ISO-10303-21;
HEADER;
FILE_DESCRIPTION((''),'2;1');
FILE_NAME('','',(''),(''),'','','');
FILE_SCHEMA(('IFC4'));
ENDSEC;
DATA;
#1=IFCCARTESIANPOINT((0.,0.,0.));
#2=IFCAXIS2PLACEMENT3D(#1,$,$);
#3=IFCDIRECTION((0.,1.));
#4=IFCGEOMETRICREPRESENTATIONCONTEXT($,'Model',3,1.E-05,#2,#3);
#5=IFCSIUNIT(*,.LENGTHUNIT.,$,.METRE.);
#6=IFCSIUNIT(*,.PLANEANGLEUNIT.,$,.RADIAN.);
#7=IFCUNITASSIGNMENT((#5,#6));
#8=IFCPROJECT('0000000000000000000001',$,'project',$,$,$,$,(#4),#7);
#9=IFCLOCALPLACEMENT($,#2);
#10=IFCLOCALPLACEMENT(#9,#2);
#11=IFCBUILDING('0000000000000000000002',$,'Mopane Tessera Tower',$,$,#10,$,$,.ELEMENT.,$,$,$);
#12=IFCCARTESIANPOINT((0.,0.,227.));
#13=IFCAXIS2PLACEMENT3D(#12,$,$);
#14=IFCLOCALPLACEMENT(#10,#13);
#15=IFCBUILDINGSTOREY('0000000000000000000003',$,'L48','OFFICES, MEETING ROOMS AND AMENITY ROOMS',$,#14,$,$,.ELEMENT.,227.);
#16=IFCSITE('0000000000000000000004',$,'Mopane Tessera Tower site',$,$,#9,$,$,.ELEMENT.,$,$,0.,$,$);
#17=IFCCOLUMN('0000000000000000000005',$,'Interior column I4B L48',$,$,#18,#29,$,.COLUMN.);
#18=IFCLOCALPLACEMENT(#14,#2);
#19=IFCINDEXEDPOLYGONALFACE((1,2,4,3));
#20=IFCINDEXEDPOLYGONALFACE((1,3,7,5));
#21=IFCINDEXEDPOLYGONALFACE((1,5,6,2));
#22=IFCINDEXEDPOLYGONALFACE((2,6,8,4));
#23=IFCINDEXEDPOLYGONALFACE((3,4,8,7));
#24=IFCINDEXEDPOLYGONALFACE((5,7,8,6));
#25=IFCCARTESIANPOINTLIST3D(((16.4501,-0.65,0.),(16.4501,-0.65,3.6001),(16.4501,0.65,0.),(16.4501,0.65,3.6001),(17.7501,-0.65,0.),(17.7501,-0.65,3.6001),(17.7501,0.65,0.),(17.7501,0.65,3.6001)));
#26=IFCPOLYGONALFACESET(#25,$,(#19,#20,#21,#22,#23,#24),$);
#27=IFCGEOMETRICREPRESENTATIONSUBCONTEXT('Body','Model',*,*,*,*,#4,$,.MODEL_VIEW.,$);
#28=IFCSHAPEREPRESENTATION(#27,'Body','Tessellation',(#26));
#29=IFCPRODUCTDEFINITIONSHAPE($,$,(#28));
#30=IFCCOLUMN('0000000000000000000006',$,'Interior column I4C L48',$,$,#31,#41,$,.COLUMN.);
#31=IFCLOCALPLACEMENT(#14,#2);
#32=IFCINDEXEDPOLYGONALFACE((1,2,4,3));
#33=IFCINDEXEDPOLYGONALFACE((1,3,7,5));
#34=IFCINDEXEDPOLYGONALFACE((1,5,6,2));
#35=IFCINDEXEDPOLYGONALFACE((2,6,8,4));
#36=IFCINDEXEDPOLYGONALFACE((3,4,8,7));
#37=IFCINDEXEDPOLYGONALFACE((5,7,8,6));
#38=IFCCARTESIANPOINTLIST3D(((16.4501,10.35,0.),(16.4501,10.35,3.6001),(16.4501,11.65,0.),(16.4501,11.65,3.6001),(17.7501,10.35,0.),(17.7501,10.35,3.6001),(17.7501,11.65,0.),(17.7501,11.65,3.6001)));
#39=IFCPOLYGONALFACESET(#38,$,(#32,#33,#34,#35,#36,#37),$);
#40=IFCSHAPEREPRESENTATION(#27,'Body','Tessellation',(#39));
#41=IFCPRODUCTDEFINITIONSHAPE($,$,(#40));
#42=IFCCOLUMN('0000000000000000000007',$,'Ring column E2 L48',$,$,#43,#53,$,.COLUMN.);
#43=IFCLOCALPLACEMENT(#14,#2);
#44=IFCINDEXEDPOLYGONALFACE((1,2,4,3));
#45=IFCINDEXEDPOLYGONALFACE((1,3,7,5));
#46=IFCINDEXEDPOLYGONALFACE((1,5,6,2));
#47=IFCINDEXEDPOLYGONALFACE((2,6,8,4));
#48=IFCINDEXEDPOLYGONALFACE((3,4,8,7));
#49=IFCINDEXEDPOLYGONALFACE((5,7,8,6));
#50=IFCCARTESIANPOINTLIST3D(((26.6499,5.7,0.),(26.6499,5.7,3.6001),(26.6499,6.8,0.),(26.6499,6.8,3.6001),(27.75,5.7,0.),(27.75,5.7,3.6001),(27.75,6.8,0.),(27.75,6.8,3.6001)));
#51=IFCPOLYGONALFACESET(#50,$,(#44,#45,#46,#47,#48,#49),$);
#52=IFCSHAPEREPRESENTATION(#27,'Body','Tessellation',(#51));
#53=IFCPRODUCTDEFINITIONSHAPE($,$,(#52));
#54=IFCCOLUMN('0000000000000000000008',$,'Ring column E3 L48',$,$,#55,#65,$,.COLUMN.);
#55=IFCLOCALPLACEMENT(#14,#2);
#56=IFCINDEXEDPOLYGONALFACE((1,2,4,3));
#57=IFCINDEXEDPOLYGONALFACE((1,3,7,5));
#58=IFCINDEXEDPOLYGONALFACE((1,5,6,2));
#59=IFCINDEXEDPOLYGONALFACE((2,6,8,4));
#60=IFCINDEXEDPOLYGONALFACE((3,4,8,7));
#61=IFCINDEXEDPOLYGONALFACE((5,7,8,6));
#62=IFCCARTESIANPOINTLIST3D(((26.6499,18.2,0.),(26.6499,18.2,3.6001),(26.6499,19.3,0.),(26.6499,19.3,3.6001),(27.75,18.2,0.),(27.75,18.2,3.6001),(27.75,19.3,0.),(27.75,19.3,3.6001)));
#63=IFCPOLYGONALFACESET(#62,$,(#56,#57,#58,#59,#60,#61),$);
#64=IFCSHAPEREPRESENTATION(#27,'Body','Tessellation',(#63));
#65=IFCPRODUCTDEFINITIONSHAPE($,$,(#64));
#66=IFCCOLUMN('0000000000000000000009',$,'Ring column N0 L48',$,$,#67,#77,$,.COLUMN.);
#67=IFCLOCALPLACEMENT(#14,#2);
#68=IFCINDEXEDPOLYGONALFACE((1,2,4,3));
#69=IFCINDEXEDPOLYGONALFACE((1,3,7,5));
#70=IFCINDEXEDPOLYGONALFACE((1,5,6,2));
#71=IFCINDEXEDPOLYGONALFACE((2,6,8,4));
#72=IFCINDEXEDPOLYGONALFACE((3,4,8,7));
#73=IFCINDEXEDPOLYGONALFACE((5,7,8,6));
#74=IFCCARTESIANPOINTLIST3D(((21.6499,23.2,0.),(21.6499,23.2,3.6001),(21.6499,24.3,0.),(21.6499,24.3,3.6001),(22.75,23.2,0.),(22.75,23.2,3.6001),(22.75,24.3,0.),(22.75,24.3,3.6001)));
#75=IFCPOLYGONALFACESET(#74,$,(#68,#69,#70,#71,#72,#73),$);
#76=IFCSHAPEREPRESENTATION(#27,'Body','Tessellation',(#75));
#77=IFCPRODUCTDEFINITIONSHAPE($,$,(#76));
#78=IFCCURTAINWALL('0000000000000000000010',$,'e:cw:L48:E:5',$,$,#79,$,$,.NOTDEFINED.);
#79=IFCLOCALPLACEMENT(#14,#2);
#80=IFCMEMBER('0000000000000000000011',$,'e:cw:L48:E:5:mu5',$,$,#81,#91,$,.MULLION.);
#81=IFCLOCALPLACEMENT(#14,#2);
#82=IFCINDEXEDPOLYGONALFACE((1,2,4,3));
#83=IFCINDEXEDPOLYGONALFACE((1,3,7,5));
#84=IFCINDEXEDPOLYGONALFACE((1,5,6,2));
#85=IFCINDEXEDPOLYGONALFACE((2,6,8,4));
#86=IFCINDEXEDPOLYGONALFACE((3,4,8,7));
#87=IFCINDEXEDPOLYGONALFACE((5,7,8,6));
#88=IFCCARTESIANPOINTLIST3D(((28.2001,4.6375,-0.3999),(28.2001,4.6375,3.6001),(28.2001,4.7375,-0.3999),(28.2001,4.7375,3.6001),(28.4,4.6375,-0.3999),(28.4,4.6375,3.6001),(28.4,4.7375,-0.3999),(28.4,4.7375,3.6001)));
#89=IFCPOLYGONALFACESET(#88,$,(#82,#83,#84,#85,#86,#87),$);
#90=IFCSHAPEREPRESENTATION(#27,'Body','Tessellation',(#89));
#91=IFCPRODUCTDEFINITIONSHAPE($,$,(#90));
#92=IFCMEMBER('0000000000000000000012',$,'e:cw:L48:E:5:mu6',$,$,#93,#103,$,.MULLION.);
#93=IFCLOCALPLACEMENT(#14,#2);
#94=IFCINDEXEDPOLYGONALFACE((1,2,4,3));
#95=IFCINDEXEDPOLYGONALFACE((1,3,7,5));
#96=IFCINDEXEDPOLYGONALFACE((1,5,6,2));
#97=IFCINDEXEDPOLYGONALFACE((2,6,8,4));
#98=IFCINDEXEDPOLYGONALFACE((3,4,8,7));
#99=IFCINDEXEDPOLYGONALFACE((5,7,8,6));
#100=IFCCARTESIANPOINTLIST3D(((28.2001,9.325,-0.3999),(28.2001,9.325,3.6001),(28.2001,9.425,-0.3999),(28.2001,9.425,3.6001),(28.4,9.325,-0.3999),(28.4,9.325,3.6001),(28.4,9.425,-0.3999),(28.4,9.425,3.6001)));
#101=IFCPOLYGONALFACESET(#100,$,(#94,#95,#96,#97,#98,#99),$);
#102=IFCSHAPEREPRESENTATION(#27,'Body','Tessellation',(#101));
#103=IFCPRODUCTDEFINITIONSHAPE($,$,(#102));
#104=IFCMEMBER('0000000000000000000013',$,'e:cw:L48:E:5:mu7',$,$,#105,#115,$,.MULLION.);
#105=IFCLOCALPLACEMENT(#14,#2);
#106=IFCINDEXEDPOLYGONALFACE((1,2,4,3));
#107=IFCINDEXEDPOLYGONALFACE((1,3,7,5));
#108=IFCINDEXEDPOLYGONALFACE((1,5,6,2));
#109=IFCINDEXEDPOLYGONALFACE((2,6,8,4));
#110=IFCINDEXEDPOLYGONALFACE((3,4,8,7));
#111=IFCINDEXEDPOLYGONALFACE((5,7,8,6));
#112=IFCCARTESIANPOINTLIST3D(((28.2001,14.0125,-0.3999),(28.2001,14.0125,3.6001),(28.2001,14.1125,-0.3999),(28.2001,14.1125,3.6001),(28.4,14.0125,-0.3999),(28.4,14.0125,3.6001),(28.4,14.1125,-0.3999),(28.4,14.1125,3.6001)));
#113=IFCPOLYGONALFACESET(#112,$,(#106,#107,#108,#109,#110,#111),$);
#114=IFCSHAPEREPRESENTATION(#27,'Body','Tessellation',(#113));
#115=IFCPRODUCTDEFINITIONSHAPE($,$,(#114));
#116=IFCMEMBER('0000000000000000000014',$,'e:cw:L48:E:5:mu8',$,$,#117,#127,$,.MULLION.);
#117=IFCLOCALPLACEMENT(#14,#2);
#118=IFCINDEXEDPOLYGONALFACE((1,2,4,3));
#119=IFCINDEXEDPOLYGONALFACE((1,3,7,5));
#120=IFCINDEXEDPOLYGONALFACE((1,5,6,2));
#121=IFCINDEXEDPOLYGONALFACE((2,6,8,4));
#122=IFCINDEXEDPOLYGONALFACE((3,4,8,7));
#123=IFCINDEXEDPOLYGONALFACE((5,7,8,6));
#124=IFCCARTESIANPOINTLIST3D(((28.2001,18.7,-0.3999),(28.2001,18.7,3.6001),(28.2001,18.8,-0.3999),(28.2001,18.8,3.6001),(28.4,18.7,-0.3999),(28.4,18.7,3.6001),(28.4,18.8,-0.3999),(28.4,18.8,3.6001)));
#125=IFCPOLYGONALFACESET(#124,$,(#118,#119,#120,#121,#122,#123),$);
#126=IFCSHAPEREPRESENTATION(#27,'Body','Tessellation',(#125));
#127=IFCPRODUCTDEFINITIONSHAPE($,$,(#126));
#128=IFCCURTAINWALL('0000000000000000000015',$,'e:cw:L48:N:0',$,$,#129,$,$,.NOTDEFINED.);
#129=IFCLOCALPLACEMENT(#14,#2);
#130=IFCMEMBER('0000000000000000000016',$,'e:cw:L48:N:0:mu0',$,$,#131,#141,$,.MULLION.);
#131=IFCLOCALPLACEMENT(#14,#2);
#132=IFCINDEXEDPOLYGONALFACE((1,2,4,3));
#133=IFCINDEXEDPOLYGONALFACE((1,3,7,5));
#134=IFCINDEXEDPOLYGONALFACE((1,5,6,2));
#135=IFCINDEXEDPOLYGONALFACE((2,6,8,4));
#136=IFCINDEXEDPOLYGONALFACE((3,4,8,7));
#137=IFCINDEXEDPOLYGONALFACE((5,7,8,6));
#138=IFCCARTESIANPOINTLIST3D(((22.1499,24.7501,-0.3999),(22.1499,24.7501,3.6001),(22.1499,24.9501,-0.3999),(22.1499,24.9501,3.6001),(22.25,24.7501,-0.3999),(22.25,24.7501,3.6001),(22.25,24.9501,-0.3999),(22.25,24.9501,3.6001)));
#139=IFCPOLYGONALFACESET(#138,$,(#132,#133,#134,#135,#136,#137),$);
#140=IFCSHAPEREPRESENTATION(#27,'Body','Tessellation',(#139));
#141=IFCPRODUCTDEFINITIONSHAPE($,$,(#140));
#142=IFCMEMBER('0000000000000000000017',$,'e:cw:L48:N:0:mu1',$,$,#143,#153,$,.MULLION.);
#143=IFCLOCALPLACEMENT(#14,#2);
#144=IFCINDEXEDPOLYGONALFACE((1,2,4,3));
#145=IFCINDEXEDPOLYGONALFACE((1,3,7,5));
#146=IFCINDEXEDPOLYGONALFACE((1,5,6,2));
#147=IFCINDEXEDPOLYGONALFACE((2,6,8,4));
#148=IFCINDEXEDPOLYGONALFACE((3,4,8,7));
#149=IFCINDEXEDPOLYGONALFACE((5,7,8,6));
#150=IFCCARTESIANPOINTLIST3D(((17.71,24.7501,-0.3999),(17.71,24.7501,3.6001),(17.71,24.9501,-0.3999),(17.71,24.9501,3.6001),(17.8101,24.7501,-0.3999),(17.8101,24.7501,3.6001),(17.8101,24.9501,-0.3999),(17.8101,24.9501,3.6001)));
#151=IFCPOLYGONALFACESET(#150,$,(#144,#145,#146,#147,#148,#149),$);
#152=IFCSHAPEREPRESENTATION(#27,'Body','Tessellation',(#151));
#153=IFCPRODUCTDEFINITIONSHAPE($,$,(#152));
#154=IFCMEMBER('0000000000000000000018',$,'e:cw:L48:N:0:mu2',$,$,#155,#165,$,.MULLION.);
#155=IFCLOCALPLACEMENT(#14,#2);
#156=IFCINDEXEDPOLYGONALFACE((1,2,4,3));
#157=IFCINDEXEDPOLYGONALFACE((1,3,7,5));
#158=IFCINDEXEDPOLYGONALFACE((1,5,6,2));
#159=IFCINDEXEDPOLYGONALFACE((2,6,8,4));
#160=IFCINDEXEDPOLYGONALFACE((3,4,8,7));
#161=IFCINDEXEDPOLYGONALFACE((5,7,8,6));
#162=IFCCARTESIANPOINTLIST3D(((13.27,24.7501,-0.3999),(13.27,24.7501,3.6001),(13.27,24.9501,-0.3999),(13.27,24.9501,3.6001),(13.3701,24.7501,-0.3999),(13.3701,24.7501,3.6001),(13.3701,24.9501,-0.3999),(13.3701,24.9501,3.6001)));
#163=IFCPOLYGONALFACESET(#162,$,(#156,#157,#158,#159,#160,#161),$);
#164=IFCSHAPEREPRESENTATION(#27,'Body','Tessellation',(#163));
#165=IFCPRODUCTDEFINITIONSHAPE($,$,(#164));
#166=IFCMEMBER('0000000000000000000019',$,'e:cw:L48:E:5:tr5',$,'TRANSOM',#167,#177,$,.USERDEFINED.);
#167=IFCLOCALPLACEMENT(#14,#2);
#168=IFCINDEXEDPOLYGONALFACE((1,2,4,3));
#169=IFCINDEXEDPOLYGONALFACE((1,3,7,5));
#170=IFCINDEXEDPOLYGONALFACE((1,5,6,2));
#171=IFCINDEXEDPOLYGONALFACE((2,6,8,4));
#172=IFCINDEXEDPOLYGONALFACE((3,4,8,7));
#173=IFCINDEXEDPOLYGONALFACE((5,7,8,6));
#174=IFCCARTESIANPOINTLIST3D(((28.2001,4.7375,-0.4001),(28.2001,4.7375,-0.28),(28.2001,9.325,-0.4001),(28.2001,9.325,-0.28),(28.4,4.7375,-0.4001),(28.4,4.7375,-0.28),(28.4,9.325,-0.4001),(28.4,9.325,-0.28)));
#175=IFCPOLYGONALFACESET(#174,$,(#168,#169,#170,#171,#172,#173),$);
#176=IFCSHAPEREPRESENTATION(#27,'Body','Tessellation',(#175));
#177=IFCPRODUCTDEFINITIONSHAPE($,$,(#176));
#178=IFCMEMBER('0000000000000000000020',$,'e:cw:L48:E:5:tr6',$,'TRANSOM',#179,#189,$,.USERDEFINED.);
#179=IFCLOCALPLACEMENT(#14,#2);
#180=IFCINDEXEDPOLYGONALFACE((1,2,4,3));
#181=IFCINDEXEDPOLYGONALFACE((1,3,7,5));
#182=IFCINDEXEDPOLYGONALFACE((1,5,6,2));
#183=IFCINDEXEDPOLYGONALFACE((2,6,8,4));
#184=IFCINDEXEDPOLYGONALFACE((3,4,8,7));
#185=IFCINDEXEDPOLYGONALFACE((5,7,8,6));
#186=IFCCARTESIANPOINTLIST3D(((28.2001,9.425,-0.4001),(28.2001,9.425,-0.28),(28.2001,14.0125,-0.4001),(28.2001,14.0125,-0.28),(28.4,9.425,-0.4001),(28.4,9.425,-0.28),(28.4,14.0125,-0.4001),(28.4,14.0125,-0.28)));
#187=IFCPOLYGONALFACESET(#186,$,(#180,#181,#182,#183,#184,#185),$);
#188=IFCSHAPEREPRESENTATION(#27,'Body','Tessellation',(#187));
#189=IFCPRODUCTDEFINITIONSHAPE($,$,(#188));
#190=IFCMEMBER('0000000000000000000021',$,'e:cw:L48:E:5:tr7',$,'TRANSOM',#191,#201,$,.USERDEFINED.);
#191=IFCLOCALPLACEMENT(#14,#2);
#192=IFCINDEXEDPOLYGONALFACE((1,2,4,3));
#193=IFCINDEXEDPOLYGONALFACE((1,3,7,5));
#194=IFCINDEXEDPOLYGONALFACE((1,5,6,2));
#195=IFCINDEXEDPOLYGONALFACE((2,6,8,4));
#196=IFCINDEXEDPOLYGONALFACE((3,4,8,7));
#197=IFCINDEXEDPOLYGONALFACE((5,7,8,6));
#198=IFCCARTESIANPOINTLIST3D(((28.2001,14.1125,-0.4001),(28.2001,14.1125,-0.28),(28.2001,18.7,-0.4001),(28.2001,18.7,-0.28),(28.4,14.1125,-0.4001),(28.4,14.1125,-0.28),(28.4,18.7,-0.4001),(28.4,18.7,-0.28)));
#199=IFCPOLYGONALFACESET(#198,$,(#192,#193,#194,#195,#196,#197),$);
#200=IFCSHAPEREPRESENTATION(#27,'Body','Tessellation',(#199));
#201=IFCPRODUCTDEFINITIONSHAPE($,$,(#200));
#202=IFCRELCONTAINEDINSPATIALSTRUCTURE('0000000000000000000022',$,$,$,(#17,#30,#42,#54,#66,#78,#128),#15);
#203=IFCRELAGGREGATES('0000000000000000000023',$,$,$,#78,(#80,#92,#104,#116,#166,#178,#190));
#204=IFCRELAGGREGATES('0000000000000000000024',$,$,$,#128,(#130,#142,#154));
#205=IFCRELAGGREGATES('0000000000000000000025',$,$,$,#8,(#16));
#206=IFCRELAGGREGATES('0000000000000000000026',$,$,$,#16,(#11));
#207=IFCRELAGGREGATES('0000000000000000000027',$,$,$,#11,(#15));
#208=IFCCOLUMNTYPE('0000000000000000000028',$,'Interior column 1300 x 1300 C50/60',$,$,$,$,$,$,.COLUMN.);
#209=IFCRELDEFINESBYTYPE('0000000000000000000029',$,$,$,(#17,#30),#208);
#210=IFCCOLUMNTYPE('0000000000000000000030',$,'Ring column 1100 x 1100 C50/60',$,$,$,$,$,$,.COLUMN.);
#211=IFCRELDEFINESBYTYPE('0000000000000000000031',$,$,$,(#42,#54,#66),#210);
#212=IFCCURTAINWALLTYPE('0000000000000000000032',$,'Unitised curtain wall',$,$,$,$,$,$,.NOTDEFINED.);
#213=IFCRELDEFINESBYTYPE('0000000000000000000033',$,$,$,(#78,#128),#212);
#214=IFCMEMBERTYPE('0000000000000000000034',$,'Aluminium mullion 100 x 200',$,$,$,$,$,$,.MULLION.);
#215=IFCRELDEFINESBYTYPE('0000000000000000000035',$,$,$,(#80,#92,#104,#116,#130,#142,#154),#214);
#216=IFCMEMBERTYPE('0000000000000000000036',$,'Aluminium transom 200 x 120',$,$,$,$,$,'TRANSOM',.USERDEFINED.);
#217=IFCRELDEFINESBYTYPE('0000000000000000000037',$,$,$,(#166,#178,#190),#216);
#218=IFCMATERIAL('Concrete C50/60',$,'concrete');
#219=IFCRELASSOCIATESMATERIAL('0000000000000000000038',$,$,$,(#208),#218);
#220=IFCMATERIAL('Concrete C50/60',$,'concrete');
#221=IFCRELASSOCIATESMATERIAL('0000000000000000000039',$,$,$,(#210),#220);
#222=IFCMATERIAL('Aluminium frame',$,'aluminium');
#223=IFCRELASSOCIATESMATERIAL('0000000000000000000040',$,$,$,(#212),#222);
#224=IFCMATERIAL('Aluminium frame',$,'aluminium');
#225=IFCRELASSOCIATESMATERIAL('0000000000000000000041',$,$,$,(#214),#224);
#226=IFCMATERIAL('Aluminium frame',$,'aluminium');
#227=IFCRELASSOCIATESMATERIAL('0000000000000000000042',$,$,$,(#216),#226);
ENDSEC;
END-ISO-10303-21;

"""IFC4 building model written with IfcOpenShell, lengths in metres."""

from ifc_helpers import new_model, si_unit, direction, frame, origin, origin_2d, place, context, subcontext, project, spatial, rectangle, extrude, material, material_profile, profile_set, type_object, element, aggregate, save


model = new_model("IFC4")

# Units and contexts
model_context = context("Model", 3, precision=1e-05, world=origin(), true_north=direction((0.0, 1.0)))
body_context = subcontext(model_context, "Body", "Model", "MODEL_VIEW")
ifc_project = project(units=[si_unit("LENGTHUNIT", "METRE"), si_unit("PLANEANGLEUNIT", "RADIAN")], contexts=[model_context])

# Site, building, storey
site_placement = place(None, origin())
site = spatial("IfcSite", under=ifc_project, at=site_placement, Name="Mopane Tessera Tower site", CompositionType="ELEMENT", RefElevation=0.0)
building_placement = place(site_placement, origin())
building = spatial("IfcBuilding", under=site, at=building_placement, Name="Mopane Tessera Tower", CompositionType="ELEMENT")
storey_placement = place(building_placement, frame((0.0, 0.0, 227.0)))
storey = spatial("IfcBuildingStorey", under=building, at=storey_placement, Name="L48", Description="OFFICES, MEETING ROOMS AND AMENITY ROOMS", CompositionType="ELEMENT", Elevation=227.0)

# Columns
ifc_material_1 = material(Name="Concrete C50/60", Category="concrete")
ifc_material_profile_1 = material_profile(ifc_material_1, rectangle(XDim=1.3, YDim=1.3, at=origin_2d()))
ifc_profile_set_1 = profile_set([ifc_material_profile_1], Name="Concrete C50/60")
column_type_1 = type_object("IfcColumnType", Name="Interior column 1300 x 1300 C50/60", PredefinedType="COLUMN", material=ifc_profile_set_1)
for number, where, z_axis, x_axis, name in (
    (1, (17.1001, 0.0, 0.0), (0.0, 0.0, 1.0), (1.0, 0.0, 0.0), "Interior column I4B L48"),
    (2, (17.1001, 11.0, 0.0), (0.0, 0.0, 1.0), (1.0, 0.0, 0.0), "Interior column I4C L48"),
):
    element("IfcColumn", number, at=place(storey_placement, frame(where, z_axis=z_axis, x_axis=x_axis)), inside=storey, type_object=column_type_1, Name=name, PredefinedType="COLUMN", context=body_context, shape_type="SweptSolid", body=[
        extrude(rectangle(XDim=1.3, YDim=1.3, at=origin_2d()), origin(), (0.0, 0.0, 1.0), 3.6001),
    ])
ifc_material_2 = material(Name="Concrete C50/60", Category="concrete")
ifc_material_profile_2 = material_profile(ifc_material_2, rectangle(XDim=1.1001, YDim=1.1001, at=origin_2d()))
ifc_profile_set_2 = profile_set([ifc_material_profile_2], Name="Concrete C50/60")
column_type_2 = type_object("IfcColumnType", Name="Ring column 1100 x 1100 C50/60", PredefinedType="COLUMN", material=ifc_profile_set_2)
for number, where, z_axis, x_axis, name in (
    (3, (27.2, 6.25, 0.0), (0.0, 0.0, 1.0), (1.0, 0.0, 0.0), "Ring column E2 L48"),
    (4, (27.2, 18.75, 0.0), (0.0, 0.0, 1.0), (1.0, 0.0, 0.0), "Ring column E3 L48"),
    (5, (22.2, 23.75, 0.0), (0.0, 0.0, 1.0), (1.0, 0.0, 0.0), "Ring column N0 L48"),
):
    element("IfcColumn", number, at=place(storey_placement, frame(where, z_axis=z_axis, x_axis=x_axis)), inside=storey, type_object=column_type_2, Name=name, PredefinedType="COLUMN", context=body_context, shape_type="SweptSolid", body=[
        extrude(rectangle(XDim=1.1001, YDim=1.1001, at=origin_2d()), origin(), (0.0, 0.0, 1.0), 3.6001),
    ])

# Curtain walls, members
ifc_material_3 = material(Name="Aluminium frame", Category="aluminium")
curtain_wall_type = type_object("IfcCurtainWallType", Name="Unitised curtain wall", PredefinedType="NOTDEFINED", material=ifc_material_3)
curtain_wall_1_placement = place(storey_placement, origin())
curtain_wall_1 = element("IfcCurtainWall", 6, at=curtain_wall_1_placement, inside=storey, type_object=curtain_wall_type, Name="e:cw:L48:E:5", PredefinedType="NOTDEFINED")
ifc_material_4 = material(Name="Aluminium frame", Category="aluminium")
ifc_material_profile_3 = material_profile(ifc_material_4, rectangle(XDim=0.1001, YDim=0.2, at=origin_2d()))
ifc_profile_set_3 = profile_set([ifc_material_profile_3], Name="Aluminium frame")
member_type_1 = type_object("IfcMemberType", Name="Aluminium mullion 100 x 200", PredefinedType="MULLION", material=ifc_profile_set_3)
member_1_placement = place(storey_placement, frame((28.3, 4.6875, -0.3999), z_axis=(0.0, 0.0, 1.0), x_axis=(0.0, 1.0, 0.0)))
member_1 = element("IfcMember", 7, at=member_1_placement, type_object=member_type_1, Name="e:cw:L48:E:5:mu5", PredefinedType="MULLION", context=body_context, shape_type="SweptSolid", body=[
    extrude(rectangle(XDim=0.1001, YDim=0.2, at=origin_2d()), origin(), (0.0, 0.0, 1.0), 4.0),
])
member_2_placement = place(storey_placement, frame((28.3, 9.375, -0.3999), z_axis=(0.0, 0.0, 1.0), x_axis=(0.0, 1.0, 0.0)))
member_2 = element("IfcMember", 8, at=member_2_placement, type_object=member_type_1, Name="e:cw:L48:E:5:mu6", PredefinedType="MULLION", context=body_context, shape_type="SweptSolid", body=[
    extrude(rectangle(XDim=0.1001, YDim=0.2, at=origin_2d()), origin(), (0.0, 0.0, 1.0), 4.0),
])
member_3_placement = place(storey_placement, frame((28.3, 14.0625, -0.3999), z_axis=(0.0, 0.0, 1.0), x_axis=(0.0, 1.0, 0.0)))
member_3 = element("IfcMember", 9, at=member_3_placement, type_object=member_type_1, Name="e:cw:L48:E:5:mu7", PredefinedType="MULLION", context=body_context, shape_type="SweptSolid", body=[
    extrude(rectangle(XDim=0.1001, YDim=0.2, at=origin_2d()), origin(), (0.0, 0.0, 1.0), 4.0),
])
member_4_placement = place(storey_placement, frame((28.3, 18.75, -0.3999), z_axis=(0.0, 0.0, 1.0), x_axis=(0.0, 1.0, 0.0)))
member_4 = element("IfcMember", 10, at=member_4_placement, type_object=member_type_1, Name="e:cw:L48:E:5:mu8", PredefinedType="MULLION", context=body_context, shape_type="SweptSolid", body=[
    extrude(rectangle(XDim=0.1001, YDim=0.2, at=origin_2d()), origin(), (0.0, 0.0, 1.0), 4.0),
])
curtain_wall_2_placement = place(storey_placement, origin())
curtain_wall_2 = element("IfcCurtainWall", 11, at=curtain_wall_2_placement, inside=storey, type_object=curtain_wall_type, Name="e:cw:L48:N:0", PredefinedType="NOTDEFINED")
member_5_placement = place(storey_placement, frame((22.2, 24.8501, -0.3999), z_axis=(0.0, 0.0, 1.0), x_axis=(-1.0, 0.0, 0.0)))
member_5 = element("IfcMember", 12, at=member_5_placement, type_object=member_type_1, Name="e:cw:L48:N:0:mu0", PredefinedType="MULLION", context=body_context, shape_type="SweptSolid", body=[
    extrude(rectangle(XDim=0.1001, YDim=0.2, at=origin_2d()), origin(), (0.0, 0.0, 1.0), 4.0),
])
member_6_placement = place(storey_placement, frame((17.76, 24.8501, -0.3999), z_axis=(0.0, 0.0, 1.0), x_axis=(-1.0, 0.0, 0.0)))
member_6 = element("IfcMember", 13, at=member_6_placement, type_object=member_type_1, Name="e:cw:L48:N:0:mu1", PredefinedType="MULLION", context=body_context, shape_type="SweptSolid", body=[
    extrude(rectangle(XDim=0.1001, YDim=0.2, at=origin_2d()), origin(), (0.0, 0.0, 1.0), 4.0),
])
member_7_placement = place(storey_placement, frame((13.3201, 24.8501, -0.3999), z_axis=(0.0, 0.0, 1.0), x_axis=(-1.0, 0.0, 0.0)))
member_7 = element("IfcMember", 14, at=member_7_placement, type_object=member_type_1, Name="e:cw:L48:N:0:mu2", PredefinedType="MULLION", context=body_context, shape_type="SweptSolid", body=[
    extrude(rectangle(XDim=0.1001, YDim=0.2, at=origin_2d()), origin(), (0.0, 0.0, 1.0), 4.0),
])

# Members
ifc_material_5 = material(Name="Aluminium frame", Category="aluminium")
ifc_material_profile_4 = material_profile(ifc_material_5, rectangle(XDim=0.2, YDim=0.1201, at=origin_2d()))
ifc_profile_set_4 = profile_set([ifc_material_profile_4], Name="Aluminium frame")
member_type_2 = type_object("IfcMemberType", Name="Aluminium transom 200 x 120", ElementType="TRANSOM", PredefinedType="USERDEFINED", material=ifc_profile_set_4)
member_8_placement = place(storey_placement, frame((28.3, 4.7375, -0.3401), z_axis=(0.0, 1.0, 0.0), x_axis=(-1.0, 0.0, 0.0)))
member_8 = element("IfcMember", 15, at=member_8_placement, type_object=member_type_2, Name="e:cw:L48:E:5:tr5", ObjectType="TRANSOM", PredefinedType="USERDEFINED", context=body_context, shape_type="SweptSolid", body=[
    extrude(rectangle(XDim=0.2, YDim=0.1201, at=origin_2d()), origin(), (0.0, 0.0, 1.0), 4.5874),
])
member_9_placement = place(storey_placement, frame((28.3, 9.425, -0.3401), z_axis=(0.0, 1.0, 0.0), x_axis=(-1.0, 0.0, 0.0)))
member_9 = element("IfcMember", 16, at=member_9_placement, type_object=member_type_2, Name="e:cw:L48:E:5:tr6", ObjectType="TRANSOM", PredefinedType="USERDEFINED", context=body_context, shape_type="SweptSolid", body=[
    extrude(rectangle(XDim=0.2, YDim=0.1201, at=origin_2d()), origin(), (0.0, 0.0, 1.0), 4.5874),
])
member_10_placement = place(storey_placement, frame((28.3, 14.1125, -0.3401), z_axis=(0.0, 1.0, 0.0), x_axis=(-1.0, 0.0, 0.0)))
member_10 = element("IfcMember", 17, at=member_10_placement, type_object=member_type_2, Name="e:cw:L48:E:5:tr7", ObjectType="TRANSOM", PredefinedType="USERDEFINED", context=body_context, shape_type="SweptSolid", body=[
    extrude(rectangle(XDim=0.2, YDim=0.1201, at=origin_2d()), origin(), (0.0, 0.0, 1.0), 4.5874),
])

aggregate(curtain_wall_1, [member_1, member_2, member_3, member_4, member_8, member_9, member_10])
aggregate(curtain_wall_2, [member_5, member_6, member_7])

save(model, "model.ifc")
